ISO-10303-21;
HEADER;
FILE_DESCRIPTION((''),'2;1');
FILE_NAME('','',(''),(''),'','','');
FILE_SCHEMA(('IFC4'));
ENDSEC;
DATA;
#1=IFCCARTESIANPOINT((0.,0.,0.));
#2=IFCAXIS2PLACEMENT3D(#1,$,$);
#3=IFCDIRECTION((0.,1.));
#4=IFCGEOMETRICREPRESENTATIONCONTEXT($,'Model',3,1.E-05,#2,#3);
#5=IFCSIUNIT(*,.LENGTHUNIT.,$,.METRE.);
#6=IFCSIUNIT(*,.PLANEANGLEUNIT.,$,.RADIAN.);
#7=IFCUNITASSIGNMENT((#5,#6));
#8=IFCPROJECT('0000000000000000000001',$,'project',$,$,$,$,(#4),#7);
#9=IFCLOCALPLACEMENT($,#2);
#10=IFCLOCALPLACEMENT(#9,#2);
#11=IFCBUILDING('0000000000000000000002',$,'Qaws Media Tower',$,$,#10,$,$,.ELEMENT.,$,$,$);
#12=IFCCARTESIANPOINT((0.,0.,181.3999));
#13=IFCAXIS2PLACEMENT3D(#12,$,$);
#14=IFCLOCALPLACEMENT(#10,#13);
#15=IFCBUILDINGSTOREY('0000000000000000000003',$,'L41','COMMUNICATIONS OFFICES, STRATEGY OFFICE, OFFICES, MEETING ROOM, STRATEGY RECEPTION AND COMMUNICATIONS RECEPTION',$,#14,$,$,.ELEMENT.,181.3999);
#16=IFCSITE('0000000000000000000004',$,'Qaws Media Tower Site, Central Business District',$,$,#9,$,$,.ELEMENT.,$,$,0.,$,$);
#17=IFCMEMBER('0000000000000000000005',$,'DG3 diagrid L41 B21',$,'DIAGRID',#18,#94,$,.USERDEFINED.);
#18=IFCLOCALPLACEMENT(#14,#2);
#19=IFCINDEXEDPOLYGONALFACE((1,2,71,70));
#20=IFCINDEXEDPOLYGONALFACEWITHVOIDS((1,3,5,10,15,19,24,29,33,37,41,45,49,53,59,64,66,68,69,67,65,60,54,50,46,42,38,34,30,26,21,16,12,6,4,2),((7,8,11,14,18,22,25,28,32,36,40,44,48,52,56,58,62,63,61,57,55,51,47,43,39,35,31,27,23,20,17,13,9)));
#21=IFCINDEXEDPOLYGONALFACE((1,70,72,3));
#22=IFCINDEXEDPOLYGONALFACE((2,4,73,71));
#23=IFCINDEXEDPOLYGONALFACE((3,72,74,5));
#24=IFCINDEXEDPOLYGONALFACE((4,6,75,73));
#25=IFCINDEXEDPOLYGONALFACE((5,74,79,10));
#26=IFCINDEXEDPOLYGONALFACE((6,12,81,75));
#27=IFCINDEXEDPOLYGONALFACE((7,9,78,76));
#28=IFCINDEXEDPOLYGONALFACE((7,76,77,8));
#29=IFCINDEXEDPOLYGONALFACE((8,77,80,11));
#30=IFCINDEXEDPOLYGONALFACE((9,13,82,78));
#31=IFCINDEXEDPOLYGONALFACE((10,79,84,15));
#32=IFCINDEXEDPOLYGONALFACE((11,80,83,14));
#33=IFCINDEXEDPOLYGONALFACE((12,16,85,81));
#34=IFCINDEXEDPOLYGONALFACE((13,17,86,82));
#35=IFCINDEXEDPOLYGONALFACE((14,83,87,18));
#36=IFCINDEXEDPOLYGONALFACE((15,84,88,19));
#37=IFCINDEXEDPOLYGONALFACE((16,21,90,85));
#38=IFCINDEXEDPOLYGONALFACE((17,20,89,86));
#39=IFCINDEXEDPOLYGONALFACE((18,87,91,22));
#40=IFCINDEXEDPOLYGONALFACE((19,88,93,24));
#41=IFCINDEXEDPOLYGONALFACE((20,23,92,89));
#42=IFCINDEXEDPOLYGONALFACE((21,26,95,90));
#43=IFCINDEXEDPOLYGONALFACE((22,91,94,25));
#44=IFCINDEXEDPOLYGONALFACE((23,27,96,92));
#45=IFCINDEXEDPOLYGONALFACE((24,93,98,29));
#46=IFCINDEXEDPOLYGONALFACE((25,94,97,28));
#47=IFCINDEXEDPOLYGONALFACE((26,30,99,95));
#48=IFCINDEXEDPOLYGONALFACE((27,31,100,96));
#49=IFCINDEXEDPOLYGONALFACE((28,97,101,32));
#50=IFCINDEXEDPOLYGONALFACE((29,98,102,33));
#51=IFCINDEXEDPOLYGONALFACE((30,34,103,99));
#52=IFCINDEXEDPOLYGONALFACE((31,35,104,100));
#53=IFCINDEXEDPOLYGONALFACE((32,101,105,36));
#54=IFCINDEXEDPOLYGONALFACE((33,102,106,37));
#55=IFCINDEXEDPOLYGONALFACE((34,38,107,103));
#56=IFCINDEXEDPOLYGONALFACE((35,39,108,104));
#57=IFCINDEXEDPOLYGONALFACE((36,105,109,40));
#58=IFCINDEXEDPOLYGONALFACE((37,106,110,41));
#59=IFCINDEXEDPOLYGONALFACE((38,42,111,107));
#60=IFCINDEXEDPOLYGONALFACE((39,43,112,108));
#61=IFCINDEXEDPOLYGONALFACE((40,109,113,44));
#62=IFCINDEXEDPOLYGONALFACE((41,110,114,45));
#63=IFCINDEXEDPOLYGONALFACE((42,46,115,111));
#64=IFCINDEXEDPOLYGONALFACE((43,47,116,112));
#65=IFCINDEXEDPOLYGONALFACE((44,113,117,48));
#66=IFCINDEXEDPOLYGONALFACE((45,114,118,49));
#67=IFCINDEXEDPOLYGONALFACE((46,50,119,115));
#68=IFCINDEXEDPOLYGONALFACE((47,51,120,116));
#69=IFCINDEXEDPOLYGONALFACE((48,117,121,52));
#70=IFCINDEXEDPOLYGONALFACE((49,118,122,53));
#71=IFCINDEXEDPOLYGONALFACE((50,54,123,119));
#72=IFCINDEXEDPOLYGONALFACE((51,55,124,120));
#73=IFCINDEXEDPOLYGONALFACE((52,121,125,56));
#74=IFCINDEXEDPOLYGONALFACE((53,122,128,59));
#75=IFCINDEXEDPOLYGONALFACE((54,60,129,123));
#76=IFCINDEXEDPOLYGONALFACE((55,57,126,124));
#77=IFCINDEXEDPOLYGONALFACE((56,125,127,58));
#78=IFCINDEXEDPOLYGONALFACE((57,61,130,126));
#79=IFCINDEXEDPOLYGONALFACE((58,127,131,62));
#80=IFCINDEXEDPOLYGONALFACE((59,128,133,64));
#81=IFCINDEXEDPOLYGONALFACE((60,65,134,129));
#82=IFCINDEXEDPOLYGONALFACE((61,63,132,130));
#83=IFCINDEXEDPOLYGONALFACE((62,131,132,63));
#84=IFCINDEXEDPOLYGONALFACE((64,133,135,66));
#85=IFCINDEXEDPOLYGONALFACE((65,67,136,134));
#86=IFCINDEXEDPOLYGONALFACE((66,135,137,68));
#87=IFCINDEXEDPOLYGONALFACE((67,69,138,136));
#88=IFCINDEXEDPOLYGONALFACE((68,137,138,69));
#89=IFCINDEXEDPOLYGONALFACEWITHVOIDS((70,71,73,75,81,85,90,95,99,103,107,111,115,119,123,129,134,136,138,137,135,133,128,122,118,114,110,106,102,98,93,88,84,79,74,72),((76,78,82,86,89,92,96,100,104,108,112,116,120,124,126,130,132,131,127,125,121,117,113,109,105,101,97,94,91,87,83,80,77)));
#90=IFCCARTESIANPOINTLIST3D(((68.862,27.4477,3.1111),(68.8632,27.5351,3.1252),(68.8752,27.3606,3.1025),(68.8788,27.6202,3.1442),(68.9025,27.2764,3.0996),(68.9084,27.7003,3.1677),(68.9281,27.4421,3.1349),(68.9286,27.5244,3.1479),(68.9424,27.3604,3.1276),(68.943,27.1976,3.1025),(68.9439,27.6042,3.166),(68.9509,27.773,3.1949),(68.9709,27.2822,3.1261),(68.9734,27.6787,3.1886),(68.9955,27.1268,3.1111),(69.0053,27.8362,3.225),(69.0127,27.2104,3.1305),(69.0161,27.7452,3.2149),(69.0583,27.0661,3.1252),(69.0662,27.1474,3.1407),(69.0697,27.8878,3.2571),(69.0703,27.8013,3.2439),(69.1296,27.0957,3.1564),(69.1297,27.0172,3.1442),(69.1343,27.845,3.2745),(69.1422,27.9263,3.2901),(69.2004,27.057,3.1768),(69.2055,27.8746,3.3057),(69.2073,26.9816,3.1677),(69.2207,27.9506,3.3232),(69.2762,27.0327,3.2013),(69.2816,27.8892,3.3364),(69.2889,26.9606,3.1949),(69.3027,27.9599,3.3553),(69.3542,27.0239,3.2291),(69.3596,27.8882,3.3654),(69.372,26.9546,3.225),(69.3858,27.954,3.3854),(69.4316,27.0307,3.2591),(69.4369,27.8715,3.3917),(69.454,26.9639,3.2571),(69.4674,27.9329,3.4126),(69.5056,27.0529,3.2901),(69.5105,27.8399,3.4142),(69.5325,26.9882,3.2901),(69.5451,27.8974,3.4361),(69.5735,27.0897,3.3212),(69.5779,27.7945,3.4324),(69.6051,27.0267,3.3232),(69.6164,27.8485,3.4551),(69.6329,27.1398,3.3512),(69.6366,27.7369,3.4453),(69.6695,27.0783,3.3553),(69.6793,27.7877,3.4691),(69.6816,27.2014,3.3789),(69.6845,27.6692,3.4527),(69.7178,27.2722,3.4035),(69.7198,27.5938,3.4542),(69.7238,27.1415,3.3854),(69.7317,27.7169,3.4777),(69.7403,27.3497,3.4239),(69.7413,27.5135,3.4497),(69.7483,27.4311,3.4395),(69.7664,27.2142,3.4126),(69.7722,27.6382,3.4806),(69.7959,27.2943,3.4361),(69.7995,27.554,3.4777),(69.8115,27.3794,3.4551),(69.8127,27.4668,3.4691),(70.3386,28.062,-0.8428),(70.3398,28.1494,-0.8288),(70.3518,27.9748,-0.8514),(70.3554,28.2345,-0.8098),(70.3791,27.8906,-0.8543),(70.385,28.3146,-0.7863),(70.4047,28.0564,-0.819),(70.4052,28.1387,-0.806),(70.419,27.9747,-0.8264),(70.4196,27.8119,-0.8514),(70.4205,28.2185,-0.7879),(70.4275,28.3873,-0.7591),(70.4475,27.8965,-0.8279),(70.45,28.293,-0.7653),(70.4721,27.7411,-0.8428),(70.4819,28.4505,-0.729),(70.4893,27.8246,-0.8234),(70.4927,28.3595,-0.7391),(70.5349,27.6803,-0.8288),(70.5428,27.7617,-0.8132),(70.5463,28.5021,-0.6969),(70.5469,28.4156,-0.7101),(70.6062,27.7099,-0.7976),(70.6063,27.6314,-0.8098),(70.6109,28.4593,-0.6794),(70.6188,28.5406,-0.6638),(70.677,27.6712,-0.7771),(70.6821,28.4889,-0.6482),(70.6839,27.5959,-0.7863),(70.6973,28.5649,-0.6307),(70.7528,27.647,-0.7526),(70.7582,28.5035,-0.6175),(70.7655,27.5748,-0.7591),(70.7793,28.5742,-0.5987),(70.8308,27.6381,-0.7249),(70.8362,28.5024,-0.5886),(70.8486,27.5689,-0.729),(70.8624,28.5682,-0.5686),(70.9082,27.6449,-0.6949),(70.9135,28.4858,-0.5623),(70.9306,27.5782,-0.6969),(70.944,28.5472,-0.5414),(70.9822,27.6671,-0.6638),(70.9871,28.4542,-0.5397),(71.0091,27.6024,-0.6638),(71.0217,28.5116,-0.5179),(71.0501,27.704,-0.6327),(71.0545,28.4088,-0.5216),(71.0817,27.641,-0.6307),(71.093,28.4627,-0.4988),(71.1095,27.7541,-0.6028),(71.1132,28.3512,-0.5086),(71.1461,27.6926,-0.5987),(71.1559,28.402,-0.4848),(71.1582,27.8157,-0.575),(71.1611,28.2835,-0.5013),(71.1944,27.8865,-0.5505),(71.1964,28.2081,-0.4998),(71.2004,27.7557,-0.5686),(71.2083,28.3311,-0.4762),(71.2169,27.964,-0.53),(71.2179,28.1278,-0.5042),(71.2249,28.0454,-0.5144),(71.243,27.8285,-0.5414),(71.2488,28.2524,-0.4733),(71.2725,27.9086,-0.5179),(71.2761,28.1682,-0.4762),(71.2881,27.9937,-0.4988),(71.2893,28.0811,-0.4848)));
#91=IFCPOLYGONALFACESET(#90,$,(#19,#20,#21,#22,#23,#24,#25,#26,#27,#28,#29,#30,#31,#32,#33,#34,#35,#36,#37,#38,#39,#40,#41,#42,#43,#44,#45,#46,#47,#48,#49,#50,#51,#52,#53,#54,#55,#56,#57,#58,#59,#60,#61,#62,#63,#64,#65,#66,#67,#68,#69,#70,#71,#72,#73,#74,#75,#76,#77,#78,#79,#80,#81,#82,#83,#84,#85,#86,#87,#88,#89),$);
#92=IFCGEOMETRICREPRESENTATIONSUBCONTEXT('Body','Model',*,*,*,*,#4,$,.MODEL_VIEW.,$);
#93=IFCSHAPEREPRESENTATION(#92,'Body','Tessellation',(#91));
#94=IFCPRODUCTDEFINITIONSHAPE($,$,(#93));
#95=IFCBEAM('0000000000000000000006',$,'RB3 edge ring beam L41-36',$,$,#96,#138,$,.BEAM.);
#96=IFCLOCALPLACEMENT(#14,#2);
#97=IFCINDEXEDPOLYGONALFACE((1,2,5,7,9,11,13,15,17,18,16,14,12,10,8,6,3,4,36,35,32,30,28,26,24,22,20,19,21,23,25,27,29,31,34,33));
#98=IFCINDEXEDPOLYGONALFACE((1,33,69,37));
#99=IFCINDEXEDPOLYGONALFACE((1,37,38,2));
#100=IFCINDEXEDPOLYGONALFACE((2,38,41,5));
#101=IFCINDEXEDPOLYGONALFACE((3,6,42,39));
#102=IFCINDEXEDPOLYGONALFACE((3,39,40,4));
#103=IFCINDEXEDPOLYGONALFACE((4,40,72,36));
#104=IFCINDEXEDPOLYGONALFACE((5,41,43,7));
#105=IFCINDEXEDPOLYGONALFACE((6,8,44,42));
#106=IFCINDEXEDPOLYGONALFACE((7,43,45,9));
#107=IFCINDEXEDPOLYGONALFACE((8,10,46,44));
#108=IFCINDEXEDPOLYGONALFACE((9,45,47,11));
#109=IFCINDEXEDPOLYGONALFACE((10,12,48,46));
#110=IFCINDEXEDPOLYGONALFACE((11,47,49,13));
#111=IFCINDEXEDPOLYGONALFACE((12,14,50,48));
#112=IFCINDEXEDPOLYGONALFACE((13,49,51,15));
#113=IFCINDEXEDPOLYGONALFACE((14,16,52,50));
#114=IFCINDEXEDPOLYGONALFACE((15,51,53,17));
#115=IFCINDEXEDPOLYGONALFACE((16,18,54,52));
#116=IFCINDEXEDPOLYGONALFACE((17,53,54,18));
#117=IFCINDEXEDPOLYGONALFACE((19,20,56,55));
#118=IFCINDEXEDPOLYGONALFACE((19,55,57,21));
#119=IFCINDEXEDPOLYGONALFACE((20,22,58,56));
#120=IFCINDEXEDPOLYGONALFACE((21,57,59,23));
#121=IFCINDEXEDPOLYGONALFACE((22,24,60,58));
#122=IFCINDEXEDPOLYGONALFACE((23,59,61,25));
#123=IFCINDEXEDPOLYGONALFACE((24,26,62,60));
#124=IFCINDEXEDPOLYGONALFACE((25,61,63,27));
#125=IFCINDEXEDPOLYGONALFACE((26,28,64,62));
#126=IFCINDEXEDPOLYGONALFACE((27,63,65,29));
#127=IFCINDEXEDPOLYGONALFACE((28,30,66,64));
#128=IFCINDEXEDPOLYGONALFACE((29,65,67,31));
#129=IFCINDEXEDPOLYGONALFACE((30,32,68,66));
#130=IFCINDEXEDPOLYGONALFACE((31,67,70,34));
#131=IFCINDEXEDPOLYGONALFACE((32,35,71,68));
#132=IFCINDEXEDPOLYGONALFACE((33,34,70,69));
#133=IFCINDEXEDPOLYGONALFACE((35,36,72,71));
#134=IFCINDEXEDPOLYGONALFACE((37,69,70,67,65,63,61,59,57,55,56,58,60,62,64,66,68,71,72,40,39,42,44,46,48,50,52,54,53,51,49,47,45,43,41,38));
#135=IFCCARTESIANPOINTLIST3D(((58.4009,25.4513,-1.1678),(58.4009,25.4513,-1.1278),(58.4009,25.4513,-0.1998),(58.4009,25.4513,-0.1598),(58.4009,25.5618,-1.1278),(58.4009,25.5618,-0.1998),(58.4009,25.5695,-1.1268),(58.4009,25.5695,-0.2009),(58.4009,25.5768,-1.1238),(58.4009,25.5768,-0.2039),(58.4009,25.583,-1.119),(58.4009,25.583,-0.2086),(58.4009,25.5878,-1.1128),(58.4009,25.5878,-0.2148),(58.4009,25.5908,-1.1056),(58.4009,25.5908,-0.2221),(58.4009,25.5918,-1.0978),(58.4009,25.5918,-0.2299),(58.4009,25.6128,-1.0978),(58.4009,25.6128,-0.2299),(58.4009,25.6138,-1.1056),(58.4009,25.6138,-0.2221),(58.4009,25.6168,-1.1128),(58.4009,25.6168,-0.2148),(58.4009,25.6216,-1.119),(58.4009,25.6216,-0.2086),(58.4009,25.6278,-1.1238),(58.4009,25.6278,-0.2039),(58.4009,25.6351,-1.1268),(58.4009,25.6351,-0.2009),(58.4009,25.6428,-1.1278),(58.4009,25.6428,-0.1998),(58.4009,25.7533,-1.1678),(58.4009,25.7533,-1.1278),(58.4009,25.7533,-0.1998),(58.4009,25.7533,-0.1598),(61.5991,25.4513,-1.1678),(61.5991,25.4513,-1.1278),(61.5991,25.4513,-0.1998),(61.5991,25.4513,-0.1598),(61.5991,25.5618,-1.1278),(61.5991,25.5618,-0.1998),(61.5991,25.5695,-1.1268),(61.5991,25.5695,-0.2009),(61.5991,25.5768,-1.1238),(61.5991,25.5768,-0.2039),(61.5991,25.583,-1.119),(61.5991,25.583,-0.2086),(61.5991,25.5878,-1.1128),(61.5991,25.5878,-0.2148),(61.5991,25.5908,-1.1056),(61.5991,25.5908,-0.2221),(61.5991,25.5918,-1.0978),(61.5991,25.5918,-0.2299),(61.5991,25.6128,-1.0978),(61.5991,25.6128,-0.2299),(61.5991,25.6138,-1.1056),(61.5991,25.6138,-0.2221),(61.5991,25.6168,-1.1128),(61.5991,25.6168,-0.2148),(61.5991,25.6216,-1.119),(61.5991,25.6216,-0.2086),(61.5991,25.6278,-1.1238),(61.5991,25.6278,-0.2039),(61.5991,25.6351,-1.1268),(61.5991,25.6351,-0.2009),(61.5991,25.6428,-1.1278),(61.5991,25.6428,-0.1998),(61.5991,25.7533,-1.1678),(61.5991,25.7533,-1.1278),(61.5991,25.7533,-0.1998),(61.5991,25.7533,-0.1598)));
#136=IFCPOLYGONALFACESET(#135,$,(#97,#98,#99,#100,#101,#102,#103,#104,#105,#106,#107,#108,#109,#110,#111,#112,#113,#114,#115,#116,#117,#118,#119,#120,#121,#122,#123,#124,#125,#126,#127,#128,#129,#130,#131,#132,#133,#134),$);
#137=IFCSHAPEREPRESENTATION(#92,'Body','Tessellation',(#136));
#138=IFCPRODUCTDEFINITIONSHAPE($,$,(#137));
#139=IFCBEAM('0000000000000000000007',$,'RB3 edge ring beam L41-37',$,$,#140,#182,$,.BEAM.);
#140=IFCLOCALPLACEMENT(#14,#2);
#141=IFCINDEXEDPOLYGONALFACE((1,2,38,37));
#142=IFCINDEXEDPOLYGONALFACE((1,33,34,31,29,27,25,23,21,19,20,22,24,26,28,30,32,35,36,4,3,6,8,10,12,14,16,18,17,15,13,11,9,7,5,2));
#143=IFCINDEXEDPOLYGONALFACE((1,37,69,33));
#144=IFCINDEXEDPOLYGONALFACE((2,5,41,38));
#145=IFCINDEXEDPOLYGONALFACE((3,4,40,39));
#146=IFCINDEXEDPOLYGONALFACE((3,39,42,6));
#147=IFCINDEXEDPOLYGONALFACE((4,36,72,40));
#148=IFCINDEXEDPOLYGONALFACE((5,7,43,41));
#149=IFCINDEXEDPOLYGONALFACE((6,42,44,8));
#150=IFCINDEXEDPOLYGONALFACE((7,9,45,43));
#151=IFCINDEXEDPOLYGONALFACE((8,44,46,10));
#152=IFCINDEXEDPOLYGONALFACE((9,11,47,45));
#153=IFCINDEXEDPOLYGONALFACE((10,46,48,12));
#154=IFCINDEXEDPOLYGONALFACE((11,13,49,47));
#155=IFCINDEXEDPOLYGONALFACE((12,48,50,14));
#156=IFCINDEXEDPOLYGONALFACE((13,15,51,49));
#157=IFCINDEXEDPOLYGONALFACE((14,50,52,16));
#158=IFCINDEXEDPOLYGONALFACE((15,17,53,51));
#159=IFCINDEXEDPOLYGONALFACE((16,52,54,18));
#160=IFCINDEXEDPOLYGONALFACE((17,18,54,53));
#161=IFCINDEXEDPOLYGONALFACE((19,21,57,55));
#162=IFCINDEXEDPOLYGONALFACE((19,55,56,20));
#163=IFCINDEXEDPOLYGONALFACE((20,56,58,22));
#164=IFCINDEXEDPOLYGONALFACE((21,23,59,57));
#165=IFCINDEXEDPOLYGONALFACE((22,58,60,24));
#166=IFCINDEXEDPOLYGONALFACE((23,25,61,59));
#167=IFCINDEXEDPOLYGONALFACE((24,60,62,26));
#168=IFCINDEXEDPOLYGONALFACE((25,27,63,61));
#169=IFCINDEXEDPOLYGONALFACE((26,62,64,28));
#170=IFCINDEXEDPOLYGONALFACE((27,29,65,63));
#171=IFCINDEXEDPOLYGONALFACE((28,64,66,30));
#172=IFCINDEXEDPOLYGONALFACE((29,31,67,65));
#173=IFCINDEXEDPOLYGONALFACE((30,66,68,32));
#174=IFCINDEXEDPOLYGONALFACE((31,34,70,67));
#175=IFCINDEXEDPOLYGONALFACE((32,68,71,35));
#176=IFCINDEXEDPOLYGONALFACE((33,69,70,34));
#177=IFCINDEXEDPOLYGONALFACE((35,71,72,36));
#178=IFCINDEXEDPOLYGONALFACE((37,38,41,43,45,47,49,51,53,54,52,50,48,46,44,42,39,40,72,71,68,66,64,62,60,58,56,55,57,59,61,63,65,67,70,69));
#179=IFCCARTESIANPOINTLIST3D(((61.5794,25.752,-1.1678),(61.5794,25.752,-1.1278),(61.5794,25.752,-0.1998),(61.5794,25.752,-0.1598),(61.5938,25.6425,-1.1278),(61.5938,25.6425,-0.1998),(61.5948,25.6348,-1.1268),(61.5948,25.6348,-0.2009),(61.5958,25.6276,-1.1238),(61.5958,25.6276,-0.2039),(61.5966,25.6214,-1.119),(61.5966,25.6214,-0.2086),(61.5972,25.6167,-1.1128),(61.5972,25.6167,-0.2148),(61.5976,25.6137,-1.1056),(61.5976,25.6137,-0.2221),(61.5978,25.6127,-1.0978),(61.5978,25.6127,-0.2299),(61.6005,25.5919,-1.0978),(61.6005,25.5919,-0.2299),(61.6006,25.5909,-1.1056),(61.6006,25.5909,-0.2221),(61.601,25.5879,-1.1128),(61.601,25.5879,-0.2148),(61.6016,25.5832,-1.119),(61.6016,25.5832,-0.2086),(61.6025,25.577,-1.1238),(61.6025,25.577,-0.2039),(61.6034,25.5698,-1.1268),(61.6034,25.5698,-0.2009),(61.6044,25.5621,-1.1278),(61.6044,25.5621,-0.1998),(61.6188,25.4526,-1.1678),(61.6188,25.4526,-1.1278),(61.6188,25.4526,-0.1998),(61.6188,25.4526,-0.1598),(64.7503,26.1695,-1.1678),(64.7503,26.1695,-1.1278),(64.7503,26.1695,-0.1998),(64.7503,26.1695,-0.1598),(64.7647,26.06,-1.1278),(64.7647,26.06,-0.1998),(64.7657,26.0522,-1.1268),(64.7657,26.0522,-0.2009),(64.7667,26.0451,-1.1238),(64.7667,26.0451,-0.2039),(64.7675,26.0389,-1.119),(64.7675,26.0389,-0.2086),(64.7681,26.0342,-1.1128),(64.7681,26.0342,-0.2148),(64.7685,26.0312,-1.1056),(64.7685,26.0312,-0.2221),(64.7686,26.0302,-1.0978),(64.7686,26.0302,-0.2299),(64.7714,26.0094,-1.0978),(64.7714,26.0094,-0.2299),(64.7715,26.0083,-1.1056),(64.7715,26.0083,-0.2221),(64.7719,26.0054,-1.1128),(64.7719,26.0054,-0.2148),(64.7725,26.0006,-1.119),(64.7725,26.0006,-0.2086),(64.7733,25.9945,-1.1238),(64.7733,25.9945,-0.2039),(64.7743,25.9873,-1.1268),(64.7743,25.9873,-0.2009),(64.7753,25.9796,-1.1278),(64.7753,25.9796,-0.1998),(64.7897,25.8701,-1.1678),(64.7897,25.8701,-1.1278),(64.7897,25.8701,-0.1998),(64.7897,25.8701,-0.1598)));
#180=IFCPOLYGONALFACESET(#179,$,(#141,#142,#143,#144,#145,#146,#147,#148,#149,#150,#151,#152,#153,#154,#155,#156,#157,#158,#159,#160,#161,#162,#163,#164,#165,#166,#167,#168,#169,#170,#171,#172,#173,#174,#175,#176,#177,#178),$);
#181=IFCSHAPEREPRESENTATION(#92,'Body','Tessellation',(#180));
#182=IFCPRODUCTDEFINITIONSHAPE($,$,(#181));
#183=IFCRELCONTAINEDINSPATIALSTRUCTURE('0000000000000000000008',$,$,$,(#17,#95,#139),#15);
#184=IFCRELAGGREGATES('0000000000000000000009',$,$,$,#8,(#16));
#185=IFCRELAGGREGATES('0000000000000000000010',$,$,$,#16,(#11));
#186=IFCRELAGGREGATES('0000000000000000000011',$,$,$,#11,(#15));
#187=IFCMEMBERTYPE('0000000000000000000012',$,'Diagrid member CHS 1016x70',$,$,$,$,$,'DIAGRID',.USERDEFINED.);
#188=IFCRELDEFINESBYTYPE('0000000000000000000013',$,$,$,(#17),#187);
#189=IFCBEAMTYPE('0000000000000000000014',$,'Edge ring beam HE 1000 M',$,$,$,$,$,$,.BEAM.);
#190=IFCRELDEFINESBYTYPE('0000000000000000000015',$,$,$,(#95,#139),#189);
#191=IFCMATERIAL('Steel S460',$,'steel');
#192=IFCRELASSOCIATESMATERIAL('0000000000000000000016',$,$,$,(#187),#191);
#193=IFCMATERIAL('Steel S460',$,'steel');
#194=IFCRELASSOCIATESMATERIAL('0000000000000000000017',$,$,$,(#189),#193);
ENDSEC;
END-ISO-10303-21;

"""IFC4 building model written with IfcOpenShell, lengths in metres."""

from ifc_helpers import new_model, si_unit, direction, frame, origin, origin_2d, place, context, subcontext, project, spatial, hollow_circle, i_section, extrude, material, material_profile, profile_set, type_object, element, save


model = new_model("IFC4")

# Units and contexts
model_context = context("Model", 3, precision=1e-05, world=origin(), true_north=direction((0.0, 1.0)))
body_context = subcontext(model_context, "Body", "Model", "MODEL_VIEW")
ifc_project = project(units=[si_unit("LENGTHUNIT", "METRE"), si_unit("PLANEANGLEUNIT", "RADIAN")], contexts=[model_context])

# Site, building, storey
site_placement = place(None, origin())
site = spatial("IfcSite", under=ifc_project, at=site_placement, Name="Qaws Media Tower Site, Central Business District", CompositionType="ELEMENT", RefElevation=0.0)
building_placement = place(site_placement, origin())
building = spatial("IfcBuilding", under=site, at=building_placement, Name="Qaws Media Tower", CompositionType="ELEMENT")
storey_placement = place(building_placement, frame((0.0, 0.0, 181.3999)))
storey = spatial("IfcBuildingStorey", under=building, at=storey_placement, Name="L41", Description="COMMUNICATIONS OFFICES, STRATEGY OFFICE, OFFICES, MEETING ROOM, STRATEGY RECEPTION AND COMMUNICATIONS RECEPTION", CompositionType="ELEMENT", Elevation=181.3999)

# Member
ifc_material_1 = material(Name="Steel S460", Category="steel")
ifc_material_profile_1 = material_profile(ifc_material_1, hollow_circle(Radius=0.5081, WallThickness=0.0701, at=origin_2d()), Name="CHS 1016x70")
ifc_profile_set_1 = profile_set([ifc_material_profile_1], Name="Steel S460")
member_type_1 = type_object("IfcMemberType", Name="Diagrid member CHS 1016x70", ElementType="DIAGRID", PredefinedType="USERDEFINED", material=ifc_profile_set_1)
for number, where, z_axis, x_axis, name in (
    (1, (70.814, 28.0715, -0.6638), (-0.346202, -0.144022, 0.927039), (0.384095, -0.923294, 0.0), "DG3 diagrid L41 B21"),
):
    element("IfcMember", number, at=place(storey_placement, frame(where, z_axis=z_axis, x_axis=x_axis)), inside=storey, type_object=member_type_1, Name=name, ObjectType="DIAGRID", PredefinedType="USERDEFINED", context=body_context, shape_type="SweptSolid", body=[
        extrude(hollow_circle(Radius=0.5081, WallThickness=0.0701, at=origin_2d()), origin(), (0.0, 0.0, 1.0), 4.2651),
    ])

# Beams
ifc_material_2 = material(Name="Steel S460", Category="steel")
ifc_material_profile_2 = material_profile(ifc_material_2, i_section(OverallWidth=0.302, OverallDepth=1.0081, WebThickness=0.021, FlangeThickness=0.04, FilletRadius=0.03, at=origin_2d()), Name="HE 1000 M")
ifc_profile_set_2 = profile_set([ifc_material_profile_2], Name="Steel S460")
beam_type = type_object("IfcBeamType", Name="Edge ring beam HE 1000 M", PredefinedType="BEAM", material=ifc_profile_set_2)
for number, where, z_axis, x_axis, name in (
    (2, (58.4009, 25.6023, -0.6638), (1.0, 0.0, 0.0), (0.0, 1.0, 0.0), "RB3 edge ring beam L41-36"),
    (3, (61.5991, 25.6023, -0.6638), (0.991444, 0.130533, 0.0), (-0.130533, 0.991444, 0.0), "RB3 edge ring beam L41-37"),
):
    element("IfcBeam", number, at=place(storey_placement, frame(where, z_axis=z_axis, x_axis=x_axis)), inside=storey, type_object=beam_type, Name=name, PredefinedType="BEAM", context=body_context, shape_type="SweptSolid", body=[
        extrude(i_section(OverallWidth=0.302, OverallDepth=1.0081, WebThickness=0.021, FlangeThickness=0.04, FilletRadius=0.03, at=origin_2d()), origin(), (0.0, 0.0, 1.0), 3.1982),
    ])

save(model, "model.ifc")
